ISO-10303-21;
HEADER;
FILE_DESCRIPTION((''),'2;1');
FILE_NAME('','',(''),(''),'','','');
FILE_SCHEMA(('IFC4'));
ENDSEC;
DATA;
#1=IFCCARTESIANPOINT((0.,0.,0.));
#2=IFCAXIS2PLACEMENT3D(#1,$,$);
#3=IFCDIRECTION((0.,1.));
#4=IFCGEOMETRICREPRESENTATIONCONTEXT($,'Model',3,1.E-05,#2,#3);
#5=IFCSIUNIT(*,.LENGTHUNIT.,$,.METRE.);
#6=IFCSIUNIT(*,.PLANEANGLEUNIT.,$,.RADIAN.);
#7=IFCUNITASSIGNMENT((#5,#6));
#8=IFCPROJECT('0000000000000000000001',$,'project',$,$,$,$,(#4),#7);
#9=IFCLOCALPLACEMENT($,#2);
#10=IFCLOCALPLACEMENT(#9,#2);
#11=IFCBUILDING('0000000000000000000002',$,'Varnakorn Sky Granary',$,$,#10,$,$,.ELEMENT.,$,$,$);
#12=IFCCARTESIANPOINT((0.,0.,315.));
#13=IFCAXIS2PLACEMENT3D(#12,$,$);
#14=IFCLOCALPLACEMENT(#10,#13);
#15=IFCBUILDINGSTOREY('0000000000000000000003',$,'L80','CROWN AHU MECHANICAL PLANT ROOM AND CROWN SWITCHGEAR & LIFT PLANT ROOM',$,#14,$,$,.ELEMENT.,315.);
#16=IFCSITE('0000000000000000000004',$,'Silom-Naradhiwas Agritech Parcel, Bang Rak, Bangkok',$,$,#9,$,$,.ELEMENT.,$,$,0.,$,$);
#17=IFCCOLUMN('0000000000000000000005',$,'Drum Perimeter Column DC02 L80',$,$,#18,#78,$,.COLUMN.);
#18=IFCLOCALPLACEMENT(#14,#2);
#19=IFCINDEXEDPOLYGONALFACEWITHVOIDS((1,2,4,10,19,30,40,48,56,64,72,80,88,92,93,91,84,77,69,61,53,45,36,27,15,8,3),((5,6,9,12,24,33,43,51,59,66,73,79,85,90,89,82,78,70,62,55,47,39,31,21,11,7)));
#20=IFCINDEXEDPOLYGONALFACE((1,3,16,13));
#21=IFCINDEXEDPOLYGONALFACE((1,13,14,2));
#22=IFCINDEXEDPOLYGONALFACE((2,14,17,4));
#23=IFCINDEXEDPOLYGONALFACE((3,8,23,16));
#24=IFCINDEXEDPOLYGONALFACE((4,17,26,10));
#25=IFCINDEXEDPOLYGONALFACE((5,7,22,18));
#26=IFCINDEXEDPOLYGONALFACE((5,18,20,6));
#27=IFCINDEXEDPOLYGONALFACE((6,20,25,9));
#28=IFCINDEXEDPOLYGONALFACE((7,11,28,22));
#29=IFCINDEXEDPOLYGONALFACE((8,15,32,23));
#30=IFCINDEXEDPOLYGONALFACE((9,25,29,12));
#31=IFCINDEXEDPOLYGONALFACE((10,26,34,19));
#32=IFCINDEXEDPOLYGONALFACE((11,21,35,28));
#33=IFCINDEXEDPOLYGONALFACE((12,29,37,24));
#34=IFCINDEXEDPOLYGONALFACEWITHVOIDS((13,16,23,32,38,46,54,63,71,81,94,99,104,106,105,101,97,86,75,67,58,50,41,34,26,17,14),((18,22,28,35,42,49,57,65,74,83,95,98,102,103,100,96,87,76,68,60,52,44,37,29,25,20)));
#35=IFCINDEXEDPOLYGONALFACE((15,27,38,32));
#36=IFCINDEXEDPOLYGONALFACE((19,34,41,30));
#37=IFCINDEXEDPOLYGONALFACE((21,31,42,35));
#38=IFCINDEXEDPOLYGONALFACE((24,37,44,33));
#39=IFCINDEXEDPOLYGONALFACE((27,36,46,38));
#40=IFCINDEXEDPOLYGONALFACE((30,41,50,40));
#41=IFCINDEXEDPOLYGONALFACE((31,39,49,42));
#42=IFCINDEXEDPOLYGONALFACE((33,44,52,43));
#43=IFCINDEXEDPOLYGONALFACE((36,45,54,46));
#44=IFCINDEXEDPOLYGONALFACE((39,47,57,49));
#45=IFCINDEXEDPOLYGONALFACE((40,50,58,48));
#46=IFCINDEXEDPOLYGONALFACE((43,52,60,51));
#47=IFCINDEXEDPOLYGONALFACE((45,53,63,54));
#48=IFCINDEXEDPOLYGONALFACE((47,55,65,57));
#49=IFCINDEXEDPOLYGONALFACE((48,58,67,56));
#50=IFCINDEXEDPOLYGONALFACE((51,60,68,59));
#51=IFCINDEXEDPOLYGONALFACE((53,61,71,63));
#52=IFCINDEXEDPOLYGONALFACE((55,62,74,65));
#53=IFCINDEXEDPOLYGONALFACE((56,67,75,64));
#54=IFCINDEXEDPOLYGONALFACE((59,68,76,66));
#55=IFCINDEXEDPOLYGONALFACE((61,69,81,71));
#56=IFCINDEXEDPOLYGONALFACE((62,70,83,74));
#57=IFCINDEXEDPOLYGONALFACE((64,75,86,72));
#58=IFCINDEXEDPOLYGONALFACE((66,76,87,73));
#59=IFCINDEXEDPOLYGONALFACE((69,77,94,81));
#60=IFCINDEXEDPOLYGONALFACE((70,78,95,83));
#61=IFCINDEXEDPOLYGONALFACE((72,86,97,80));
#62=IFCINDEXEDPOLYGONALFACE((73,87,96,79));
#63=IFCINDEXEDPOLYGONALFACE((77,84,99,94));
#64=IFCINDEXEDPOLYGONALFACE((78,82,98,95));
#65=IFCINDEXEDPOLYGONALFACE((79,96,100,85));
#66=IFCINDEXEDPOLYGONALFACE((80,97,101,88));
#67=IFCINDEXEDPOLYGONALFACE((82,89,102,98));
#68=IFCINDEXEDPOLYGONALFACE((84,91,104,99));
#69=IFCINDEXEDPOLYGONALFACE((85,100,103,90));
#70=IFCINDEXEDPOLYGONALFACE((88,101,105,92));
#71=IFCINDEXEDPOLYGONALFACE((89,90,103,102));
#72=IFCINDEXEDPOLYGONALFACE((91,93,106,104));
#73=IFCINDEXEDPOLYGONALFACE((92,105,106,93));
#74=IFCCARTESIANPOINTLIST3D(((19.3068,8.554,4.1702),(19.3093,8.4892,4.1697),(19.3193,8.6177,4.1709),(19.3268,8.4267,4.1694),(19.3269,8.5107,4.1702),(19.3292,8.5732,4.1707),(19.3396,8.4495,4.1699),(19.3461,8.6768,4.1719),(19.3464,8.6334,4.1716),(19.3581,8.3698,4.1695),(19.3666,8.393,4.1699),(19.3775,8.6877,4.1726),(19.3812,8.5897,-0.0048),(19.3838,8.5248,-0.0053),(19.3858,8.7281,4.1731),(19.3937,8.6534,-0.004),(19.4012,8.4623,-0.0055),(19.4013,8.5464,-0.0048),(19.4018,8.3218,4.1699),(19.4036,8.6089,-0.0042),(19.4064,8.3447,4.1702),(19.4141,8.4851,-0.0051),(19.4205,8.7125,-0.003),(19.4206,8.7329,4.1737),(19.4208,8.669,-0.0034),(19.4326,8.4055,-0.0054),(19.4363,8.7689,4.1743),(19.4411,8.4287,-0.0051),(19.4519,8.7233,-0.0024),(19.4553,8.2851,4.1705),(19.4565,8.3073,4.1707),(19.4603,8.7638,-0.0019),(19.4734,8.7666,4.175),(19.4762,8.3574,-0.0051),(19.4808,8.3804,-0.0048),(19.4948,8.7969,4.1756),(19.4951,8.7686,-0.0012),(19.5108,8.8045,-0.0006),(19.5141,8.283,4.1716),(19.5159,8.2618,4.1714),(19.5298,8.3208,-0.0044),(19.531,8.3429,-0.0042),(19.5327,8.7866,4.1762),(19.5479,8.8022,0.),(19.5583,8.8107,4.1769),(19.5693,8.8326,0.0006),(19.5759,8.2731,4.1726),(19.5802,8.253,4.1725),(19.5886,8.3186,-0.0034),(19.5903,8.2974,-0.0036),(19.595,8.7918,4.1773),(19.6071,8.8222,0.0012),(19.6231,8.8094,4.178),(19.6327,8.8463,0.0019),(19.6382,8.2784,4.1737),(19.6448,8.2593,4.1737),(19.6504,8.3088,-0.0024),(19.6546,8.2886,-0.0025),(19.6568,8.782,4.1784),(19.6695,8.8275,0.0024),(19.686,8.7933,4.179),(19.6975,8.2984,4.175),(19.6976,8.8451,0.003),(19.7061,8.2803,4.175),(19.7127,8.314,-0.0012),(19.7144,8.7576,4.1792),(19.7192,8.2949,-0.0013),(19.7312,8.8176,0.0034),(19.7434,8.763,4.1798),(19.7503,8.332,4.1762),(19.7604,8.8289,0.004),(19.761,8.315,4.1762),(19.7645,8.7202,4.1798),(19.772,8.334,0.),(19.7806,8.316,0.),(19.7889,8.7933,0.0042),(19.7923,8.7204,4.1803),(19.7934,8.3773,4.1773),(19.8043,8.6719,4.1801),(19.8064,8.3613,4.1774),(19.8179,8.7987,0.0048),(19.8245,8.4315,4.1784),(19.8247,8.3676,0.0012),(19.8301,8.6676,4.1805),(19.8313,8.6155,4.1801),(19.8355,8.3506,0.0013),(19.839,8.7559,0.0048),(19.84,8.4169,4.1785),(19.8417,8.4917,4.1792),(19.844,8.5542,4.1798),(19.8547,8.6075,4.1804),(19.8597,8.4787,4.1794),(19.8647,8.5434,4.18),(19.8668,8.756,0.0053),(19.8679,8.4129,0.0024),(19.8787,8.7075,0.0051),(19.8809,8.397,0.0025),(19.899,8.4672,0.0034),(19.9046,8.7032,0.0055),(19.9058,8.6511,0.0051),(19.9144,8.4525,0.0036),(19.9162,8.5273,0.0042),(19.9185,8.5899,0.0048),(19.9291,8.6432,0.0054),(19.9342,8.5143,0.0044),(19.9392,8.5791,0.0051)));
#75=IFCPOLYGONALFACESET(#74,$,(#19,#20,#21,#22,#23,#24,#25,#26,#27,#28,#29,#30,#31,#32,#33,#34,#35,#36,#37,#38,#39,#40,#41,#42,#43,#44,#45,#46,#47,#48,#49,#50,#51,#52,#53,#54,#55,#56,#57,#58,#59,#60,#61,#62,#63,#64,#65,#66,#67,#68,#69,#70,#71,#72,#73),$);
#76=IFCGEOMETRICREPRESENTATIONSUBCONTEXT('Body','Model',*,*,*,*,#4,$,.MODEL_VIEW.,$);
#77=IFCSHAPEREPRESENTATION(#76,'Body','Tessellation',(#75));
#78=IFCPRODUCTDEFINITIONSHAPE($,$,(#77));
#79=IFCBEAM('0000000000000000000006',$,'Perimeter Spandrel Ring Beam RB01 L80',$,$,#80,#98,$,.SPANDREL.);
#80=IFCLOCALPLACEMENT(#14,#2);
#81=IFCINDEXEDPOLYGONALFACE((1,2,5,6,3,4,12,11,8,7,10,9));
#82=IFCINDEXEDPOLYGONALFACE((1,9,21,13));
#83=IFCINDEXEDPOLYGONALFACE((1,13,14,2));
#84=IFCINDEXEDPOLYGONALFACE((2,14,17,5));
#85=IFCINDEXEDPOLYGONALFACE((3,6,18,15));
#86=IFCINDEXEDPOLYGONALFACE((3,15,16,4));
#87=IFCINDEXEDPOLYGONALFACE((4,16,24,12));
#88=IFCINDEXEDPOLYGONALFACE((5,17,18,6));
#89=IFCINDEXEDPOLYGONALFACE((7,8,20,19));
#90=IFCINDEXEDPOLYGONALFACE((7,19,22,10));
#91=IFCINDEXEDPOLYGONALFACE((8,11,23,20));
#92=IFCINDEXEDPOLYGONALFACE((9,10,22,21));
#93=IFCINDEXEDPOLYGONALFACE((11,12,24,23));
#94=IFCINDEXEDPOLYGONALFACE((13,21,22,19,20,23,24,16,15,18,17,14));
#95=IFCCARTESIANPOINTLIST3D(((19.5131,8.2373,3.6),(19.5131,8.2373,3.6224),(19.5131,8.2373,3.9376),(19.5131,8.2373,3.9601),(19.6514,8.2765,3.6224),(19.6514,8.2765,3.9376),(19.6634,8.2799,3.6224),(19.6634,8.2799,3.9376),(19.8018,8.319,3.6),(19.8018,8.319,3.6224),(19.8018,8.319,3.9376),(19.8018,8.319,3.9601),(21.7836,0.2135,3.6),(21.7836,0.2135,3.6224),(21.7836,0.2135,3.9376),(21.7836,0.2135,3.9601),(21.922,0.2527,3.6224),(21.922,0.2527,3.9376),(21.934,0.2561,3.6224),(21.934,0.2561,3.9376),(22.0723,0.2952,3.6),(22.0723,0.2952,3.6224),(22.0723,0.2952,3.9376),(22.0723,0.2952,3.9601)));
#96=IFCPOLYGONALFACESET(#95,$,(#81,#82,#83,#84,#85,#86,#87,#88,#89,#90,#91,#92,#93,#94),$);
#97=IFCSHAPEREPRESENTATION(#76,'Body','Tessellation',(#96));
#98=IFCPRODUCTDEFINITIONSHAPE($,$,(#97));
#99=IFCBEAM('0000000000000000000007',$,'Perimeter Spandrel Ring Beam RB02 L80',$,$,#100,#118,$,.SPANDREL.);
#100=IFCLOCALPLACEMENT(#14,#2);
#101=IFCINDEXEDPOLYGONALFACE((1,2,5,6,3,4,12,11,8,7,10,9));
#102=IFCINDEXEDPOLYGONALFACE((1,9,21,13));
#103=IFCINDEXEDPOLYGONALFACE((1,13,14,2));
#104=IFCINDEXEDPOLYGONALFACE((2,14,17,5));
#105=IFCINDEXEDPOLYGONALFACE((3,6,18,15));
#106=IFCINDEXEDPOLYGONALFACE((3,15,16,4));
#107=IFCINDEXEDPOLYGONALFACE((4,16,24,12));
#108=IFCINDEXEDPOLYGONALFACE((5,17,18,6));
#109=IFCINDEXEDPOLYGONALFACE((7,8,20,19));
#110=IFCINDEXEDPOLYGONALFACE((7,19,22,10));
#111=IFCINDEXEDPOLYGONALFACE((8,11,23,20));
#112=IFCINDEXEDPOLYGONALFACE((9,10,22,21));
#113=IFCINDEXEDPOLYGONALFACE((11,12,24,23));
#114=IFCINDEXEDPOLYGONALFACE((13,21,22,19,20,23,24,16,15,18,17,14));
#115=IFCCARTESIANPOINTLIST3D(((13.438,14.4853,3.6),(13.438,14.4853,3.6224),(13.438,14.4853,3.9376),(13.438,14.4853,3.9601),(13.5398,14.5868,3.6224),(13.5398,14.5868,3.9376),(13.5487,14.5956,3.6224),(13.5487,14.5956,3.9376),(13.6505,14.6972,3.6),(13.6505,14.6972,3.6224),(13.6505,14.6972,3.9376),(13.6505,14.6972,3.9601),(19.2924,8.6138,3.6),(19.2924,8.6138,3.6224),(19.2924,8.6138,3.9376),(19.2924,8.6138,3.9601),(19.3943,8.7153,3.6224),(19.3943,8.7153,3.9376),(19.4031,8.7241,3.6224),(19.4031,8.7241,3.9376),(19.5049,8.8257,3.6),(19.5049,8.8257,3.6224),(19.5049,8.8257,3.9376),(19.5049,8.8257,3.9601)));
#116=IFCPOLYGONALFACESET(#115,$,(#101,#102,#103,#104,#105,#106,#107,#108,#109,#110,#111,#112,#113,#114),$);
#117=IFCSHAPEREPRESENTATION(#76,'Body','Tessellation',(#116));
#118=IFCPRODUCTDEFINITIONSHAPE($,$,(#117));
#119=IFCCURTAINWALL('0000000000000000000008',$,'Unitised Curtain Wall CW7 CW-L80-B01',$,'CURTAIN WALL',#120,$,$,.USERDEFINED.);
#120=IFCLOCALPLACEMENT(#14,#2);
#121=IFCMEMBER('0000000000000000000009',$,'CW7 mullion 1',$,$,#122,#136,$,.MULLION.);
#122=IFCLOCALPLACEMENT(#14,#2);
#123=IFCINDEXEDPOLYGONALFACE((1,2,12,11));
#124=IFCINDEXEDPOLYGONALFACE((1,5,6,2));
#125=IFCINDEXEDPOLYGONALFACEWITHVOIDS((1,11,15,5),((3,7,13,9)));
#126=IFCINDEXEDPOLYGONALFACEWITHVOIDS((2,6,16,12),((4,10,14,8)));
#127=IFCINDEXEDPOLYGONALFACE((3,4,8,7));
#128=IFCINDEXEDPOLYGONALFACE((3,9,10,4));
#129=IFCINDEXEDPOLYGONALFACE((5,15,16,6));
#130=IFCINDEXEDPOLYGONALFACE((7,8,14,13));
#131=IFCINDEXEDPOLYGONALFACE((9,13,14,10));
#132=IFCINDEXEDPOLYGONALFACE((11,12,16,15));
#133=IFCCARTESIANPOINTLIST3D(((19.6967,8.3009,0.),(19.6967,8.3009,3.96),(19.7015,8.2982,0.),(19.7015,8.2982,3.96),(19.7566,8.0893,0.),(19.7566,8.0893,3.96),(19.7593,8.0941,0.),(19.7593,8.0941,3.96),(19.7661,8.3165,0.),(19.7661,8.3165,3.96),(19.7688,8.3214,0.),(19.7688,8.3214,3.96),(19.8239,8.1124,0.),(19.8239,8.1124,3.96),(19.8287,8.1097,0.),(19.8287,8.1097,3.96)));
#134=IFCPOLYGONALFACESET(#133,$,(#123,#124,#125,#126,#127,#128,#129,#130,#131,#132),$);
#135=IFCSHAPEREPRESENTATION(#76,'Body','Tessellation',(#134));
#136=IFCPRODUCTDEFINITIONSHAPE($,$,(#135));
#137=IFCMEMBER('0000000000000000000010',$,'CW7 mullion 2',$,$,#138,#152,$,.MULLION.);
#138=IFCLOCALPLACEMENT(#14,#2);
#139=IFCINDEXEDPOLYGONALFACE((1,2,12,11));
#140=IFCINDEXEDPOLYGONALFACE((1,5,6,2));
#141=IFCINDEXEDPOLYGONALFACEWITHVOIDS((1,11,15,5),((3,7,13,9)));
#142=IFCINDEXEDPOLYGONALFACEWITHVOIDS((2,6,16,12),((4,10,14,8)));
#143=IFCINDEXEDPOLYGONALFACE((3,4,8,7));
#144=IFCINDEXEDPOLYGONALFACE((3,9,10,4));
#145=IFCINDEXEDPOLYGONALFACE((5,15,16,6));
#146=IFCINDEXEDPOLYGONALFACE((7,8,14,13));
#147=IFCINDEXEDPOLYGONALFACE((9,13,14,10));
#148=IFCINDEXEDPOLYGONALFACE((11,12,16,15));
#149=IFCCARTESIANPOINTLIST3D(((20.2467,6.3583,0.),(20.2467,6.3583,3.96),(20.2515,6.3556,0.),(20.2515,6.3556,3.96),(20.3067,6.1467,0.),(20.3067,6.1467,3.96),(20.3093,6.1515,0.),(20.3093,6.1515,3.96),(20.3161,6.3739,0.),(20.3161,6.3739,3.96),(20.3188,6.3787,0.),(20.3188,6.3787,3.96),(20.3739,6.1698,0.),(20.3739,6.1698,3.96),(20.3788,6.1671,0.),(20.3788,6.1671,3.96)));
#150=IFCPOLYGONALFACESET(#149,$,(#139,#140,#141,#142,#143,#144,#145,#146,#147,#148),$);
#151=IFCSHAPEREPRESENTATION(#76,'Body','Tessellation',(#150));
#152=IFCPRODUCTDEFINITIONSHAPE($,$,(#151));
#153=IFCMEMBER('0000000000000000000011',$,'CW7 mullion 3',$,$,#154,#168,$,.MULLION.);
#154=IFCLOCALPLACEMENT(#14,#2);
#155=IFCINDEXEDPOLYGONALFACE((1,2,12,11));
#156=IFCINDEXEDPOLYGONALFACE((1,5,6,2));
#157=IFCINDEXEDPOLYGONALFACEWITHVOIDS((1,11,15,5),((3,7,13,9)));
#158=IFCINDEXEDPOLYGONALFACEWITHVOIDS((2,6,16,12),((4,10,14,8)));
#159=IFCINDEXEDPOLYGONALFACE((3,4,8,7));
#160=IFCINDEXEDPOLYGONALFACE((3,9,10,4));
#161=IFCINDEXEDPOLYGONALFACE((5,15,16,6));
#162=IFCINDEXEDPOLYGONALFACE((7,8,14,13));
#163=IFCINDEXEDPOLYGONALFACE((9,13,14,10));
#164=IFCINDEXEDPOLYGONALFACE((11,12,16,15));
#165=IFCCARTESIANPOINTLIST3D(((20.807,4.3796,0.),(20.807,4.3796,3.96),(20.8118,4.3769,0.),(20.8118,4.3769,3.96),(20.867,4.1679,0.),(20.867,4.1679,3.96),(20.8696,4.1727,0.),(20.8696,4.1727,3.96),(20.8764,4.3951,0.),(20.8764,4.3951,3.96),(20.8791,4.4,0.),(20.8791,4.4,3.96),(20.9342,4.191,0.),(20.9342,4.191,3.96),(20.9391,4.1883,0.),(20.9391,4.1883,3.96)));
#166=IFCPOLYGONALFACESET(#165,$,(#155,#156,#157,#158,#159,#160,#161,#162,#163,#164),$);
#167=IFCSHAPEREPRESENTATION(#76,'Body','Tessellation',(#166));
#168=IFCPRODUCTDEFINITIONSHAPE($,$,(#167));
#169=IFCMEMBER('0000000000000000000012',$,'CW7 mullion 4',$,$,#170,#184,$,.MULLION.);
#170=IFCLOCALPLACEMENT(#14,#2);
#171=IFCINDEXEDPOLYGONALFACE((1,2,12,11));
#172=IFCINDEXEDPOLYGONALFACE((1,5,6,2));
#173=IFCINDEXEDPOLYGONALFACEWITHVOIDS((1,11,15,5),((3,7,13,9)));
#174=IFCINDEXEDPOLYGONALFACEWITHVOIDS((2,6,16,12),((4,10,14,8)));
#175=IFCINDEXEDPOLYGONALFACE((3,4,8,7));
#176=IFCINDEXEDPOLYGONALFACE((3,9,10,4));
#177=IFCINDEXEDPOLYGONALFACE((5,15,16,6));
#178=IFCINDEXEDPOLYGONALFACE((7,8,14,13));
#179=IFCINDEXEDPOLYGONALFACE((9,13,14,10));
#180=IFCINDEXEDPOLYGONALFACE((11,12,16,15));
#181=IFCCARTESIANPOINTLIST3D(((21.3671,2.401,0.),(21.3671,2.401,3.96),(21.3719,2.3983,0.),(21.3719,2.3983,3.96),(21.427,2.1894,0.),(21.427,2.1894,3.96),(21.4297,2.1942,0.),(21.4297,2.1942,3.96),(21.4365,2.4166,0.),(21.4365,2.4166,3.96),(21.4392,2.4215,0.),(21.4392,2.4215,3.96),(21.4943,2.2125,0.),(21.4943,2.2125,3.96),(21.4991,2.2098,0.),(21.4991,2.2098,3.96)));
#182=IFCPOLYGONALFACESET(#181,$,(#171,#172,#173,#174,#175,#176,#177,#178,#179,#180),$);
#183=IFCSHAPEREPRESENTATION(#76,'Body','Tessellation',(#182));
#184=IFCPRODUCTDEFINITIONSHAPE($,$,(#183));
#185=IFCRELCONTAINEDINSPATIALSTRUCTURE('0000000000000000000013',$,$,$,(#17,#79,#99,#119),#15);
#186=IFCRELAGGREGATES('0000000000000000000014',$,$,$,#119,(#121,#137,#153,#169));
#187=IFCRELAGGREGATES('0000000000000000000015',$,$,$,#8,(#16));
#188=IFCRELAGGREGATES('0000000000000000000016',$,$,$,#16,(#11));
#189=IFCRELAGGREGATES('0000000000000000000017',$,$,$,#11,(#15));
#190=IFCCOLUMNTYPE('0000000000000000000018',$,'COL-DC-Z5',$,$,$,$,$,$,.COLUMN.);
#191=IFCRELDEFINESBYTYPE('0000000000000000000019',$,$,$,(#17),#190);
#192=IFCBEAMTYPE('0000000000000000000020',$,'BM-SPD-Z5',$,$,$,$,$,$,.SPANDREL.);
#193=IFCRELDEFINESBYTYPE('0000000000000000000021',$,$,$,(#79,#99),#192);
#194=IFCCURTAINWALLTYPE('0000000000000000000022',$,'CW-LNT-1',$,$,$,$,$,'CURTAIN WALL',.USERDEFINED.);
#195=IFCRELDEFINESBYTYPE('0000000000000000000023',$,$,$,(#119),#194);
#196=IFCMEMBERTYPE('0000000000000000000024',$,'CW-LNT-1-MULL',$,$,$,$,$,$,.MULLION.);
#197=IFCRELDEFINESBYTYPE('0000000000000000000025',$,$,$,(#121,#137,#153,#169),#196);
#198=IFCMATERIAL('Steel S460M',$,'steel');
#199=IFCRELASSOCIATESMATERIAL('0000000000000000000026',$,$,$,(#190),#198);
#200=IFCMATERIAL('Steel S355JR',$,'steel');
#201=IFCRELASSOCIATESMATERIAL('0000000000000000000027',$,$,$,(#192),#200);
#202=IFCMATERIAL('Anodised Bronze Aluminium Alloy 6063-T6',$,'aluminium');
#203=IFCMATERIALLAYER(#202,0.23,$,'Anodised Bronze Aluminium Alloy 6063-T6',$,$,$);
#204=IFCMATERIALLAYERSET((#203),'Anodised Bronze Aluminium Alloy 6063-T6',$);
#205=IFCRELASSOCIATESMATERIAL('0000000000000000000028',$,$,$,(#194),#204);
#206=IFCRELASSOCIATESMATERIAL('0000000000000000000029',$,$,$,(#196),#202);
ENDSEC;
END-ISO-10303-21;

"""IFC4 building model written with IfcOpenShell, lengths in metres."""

from ifc_helpers import new_model, si_unit, direction, frame, origin, origin_2d, place, context, subcontext, project, spatial, hollow_rectangle, hollow_circle, i_section, extrude, material, layer, layer_set, material_profile, profile_set, type_object, element, aggregate, save


model = new_model("IFC4")

# Units and contexts
model_context = context("Model", 3, precision=1e-05, world=origin(), true_north=direction((0.0, 1.0)))
body_context = subcontext(model_context, "Body", "Model", "MODEL_VIEW")
ifc_project = project(units=[si_unit("LENGTHUNIT", "METRE"), si_unit("PLANEANGLEUNIT", "RADIAN")], contexts=[model_context])

# Site, building, storey
site_placement = place(None, origin())
site = spatial("IfcSite", under=ifc_project, at=site_placement, Name="Silom-Naradhiwas Agritech Parcel, Bang Rak, Bangkok", CompositionType="ELEMENT", RefElevation=0.0)
building_placement = place(site_placement, origin())
building = spatial("IfcBuilding", under=site, at=building_placement, Name="Varnakorn Sky Granary", CompositionType="ELEMENT")
storey_placement = place(building_placement, frame((0.0, 0.0, 315.0)))
storey = spatial("IfcBuildingStorey", under=building, at=storey_placement, Name="L80", Description="CROWN AHU MECHANICAL PLANT ROOM AND CROWN SWITCHGEAR & LIFT PLANT ROOM", CompositionType="ELEMENT", Elevation=315.0)

# Column
ifc_material_1 = material(Name="Steel S460M", Category="steel")
ifc_material_profile_1 = material_profile(ifc_material_1, hollow_circle(Radius=0.2795, WallThickness=0.02, at=origin_2d()), Name="CHS 559x20")
ifc_profile_set_1 = profile_set([ifc_material_profile_1], Name="Steel S460M")
column_type = type_object("IfcColumnType", Name="COL-DC-Z5", PredefinedType="COLUMN", material=ifc_profile_set_1)
column_placement = place(storey_placement, frame((19.6599, 8.5681, 0.0), z_axis=(-0.017832, -0.008536, 0.999805), x_axis=(0.431769, -0.901984, 0.0)))
element("IfcColumn", 1, at=column_placement, inside=storey, type_object=column_type, Name="Drum Perimeter Column DC02 L80", PredefinedType="COLUMN", context=body_context, shape_type="SweptSolid", body=[
    extrude(hollow_circle(Radius=0.2795, WallThickness=0.02, at=origin_2d()), origin(), (0.0, 0.0, 1.0), 4.1758),
])

# Beams
ifc_material_2 = material(Name="Steel S355JR", Category="steel")
ifc_material_profile_2 = material_profile(ifc_material_2, i_section(OverallWidth=0.3, OverallDepth=0.3601, WebThickness=0.0125, FlangeThickness=0.0225, at=origin_2d()), Name="HE 360 B")
ifc_profile_set_2 = profile_set([ifc_material_profile_2], Name="Steel S355JR")
beam_type = type_object("IfcBeamType", Name="BM-SPD-Z5", PredefinedType="SPANDREL", material=ifc_profile_set_2)
beam_1_placement = place(storey_placement, frame((21.928, 0.2544, 3.78), z_axis=(-0.272284, 0.962217, 0.0), x_axis=(-0.962217, -0.272284, 0.0)))
element("IfcBeam", 2, at=beam_1_placement, inside=storey, type_object=beam_type, Name="Perimeter Spandrel Ring Beam RB01 L80", PredefinedType="SPANDREL", context=body_context, shape_type="SweptSolid", body=[
    extrude(i_section(OverallWidth=0.3, OverallDepth=0.3601, WebThickness=0.0125, FlangeThickness=0.0225, at=origin_2d()), origin(), (0.0, 0.0, 1.0), 8.3389),
])
beam_2_placement = place(storey_placement, frame((19.3987, 8.7197, 3.78), z_axis=(-0.706075, 0.708137, 0.0), x_axis=(-0.708137, -0.706075, 0.0)))
element("IfcBeam", 3, at=beam_2_placement, inside=storey, type_object=beam_type, Name="Perimeter Spandrel Ring Beam RB02 L80", PredefinedType="SPANDREL", context=body_context, shape_type="SweptSolid", body=[
    extrude(i_section(OverallWidth=0.3, OverallDepth=0.3601, WebThickness=0.0125, FlangeThickness=0.0225, at=origin_2d()), origin(), (0.0, 0.0, 1.0), 8.2915),
])

# Curtain wall, members
ifc_material_3 = material(Name="Anodised Bronze Aluminium Alloy 6063-T6", Category="aluminium")
ifc_layer_1 = layer(ifc_material_3, 0.23, Name="Anodised Bronze Aluminium Alloy 6063-T6")
ifc_layer_set_1 = layer_set([ifc_layer_1], Name="Anodised Bronze Aluminium Alloy 6063-T6")
curtain_wall_type = type_object("IfcCurtainWallType", Name="CW-LNT-1", ElementType="CURTAIN WALL", PredefinedType="USERDEFINED", material=ifc_layer_set_1)
curtain_wall_1_placement = place(storey_placement, origin())
curtain_wall_1 = element("IfcCurtainWall", 4, at=curtain_wall_1_placement, inside=storey, type_object=curtain_wall_type, Name="Unitised Curtain Wall CW7 CW-L80-B01", ObjectType="CURTAIN WALL", PredefinedType="USERDEFINED")
ifc_material_profile_3 = material_profile(ifc_material_3, hollow_rectangle(XDim=0.075, YDim=0.22, WallThickness=0.0039, at=origin_2d()), Name="ALU MULL 75x220")
ifc_profile_set_3 = profile_set([ifc_material_profile_3], Name="Anodised Bronze Aluminium Alloy 6063-T6")
member_type_1 = type_object("IfcMemberType", Name="CW-LNT-1-MULL", PredefinedType="MULLION", material=ifc_profile_set_3)
member_1_placement = place(storey_placement, frame((19.7627, 8.2053, 0.0), z_axis=(0.0, 0.0, 1.0), x_axis=(0.96217, 0.272448, 0.0)))
member_1 = element("IfcMember", 5, at=member_1_placement, type_object=member_type_1, Name="CW7 mullion 1", PredefinedType="MULLION", context=body_context, shape_type="SweptSolid", body=[
    extrude(hollow_rectangle(XDim=0.075, YDim=0.22, WallThickness=0.0039, at=origin_2d()), origin(), (0.0, 0.0, 1.0), 3.96),
])
member_2_placement = place(storey_placement, frame((20.3127, 6.2627, 0.0), z_axis=(0.0, 0.0, 1.0), x_axis=(0.96217, 0.272448, 0.0)))
member_2 = element("IfcMember", 6, at=member_2_placement, type_object=member_type_1, Name="CW7 mullion 2", PredefinedType="MULLION", context=body_context, shape_type="SweptSolid", body=[
    extrude(hollow_rectangle(XDim=0.075, YDim=0.22, WallThickness=0.0039, at=origin_2d()), origin(), (0.0, 0.0, 1.0), 3.96),
])
member_3_placement = place(storey_placement, frame((20.873, 4.2839, 0.0), z_axis=(0.0, 0.0, 1.0), x_axis=(0.96217, 0.272448, 0.0)))
member_3 = element("IfcMember", 7, at=member_3_placement, type_object=member_type_1, Name="CW7 mullion 3", PredefinedType="MULLION", context=body_context, shape_type="SweptSolid", body=[
    extrude(hollow_rectangle(XDim=0.075, YDim=0.22, WallThickness=0.0039, at=origin_2d()), origin(), (0.0, 0.0, 1.0), 3.96),
])
member_4_placement = place(storey_placement, frame((21.4331, 2.3054, 0.0), z_axis=(0.0, 0.0, 1.0), x_axis=(0.96217, 0.272448, 0.0)))
member_4 = element("IfcMember", 8, at=member_4_placement, type_object=member_type_1, Name="CW7 mullion 4", PredefinedType="MULLION", context=body_context, shape_type="SweptSolid", body=[
    extrude(hollow_rectangle(XDim=0.075, YDim=0.22, WallThickness=0.0039, at=origin_2d()), origin(), (0.0, 0.0, 1.0), 3.96),
])

aggregate(curtain_wall_1, [member_1, member_2, member_3, member_4])

save(model, "model.ifc")
